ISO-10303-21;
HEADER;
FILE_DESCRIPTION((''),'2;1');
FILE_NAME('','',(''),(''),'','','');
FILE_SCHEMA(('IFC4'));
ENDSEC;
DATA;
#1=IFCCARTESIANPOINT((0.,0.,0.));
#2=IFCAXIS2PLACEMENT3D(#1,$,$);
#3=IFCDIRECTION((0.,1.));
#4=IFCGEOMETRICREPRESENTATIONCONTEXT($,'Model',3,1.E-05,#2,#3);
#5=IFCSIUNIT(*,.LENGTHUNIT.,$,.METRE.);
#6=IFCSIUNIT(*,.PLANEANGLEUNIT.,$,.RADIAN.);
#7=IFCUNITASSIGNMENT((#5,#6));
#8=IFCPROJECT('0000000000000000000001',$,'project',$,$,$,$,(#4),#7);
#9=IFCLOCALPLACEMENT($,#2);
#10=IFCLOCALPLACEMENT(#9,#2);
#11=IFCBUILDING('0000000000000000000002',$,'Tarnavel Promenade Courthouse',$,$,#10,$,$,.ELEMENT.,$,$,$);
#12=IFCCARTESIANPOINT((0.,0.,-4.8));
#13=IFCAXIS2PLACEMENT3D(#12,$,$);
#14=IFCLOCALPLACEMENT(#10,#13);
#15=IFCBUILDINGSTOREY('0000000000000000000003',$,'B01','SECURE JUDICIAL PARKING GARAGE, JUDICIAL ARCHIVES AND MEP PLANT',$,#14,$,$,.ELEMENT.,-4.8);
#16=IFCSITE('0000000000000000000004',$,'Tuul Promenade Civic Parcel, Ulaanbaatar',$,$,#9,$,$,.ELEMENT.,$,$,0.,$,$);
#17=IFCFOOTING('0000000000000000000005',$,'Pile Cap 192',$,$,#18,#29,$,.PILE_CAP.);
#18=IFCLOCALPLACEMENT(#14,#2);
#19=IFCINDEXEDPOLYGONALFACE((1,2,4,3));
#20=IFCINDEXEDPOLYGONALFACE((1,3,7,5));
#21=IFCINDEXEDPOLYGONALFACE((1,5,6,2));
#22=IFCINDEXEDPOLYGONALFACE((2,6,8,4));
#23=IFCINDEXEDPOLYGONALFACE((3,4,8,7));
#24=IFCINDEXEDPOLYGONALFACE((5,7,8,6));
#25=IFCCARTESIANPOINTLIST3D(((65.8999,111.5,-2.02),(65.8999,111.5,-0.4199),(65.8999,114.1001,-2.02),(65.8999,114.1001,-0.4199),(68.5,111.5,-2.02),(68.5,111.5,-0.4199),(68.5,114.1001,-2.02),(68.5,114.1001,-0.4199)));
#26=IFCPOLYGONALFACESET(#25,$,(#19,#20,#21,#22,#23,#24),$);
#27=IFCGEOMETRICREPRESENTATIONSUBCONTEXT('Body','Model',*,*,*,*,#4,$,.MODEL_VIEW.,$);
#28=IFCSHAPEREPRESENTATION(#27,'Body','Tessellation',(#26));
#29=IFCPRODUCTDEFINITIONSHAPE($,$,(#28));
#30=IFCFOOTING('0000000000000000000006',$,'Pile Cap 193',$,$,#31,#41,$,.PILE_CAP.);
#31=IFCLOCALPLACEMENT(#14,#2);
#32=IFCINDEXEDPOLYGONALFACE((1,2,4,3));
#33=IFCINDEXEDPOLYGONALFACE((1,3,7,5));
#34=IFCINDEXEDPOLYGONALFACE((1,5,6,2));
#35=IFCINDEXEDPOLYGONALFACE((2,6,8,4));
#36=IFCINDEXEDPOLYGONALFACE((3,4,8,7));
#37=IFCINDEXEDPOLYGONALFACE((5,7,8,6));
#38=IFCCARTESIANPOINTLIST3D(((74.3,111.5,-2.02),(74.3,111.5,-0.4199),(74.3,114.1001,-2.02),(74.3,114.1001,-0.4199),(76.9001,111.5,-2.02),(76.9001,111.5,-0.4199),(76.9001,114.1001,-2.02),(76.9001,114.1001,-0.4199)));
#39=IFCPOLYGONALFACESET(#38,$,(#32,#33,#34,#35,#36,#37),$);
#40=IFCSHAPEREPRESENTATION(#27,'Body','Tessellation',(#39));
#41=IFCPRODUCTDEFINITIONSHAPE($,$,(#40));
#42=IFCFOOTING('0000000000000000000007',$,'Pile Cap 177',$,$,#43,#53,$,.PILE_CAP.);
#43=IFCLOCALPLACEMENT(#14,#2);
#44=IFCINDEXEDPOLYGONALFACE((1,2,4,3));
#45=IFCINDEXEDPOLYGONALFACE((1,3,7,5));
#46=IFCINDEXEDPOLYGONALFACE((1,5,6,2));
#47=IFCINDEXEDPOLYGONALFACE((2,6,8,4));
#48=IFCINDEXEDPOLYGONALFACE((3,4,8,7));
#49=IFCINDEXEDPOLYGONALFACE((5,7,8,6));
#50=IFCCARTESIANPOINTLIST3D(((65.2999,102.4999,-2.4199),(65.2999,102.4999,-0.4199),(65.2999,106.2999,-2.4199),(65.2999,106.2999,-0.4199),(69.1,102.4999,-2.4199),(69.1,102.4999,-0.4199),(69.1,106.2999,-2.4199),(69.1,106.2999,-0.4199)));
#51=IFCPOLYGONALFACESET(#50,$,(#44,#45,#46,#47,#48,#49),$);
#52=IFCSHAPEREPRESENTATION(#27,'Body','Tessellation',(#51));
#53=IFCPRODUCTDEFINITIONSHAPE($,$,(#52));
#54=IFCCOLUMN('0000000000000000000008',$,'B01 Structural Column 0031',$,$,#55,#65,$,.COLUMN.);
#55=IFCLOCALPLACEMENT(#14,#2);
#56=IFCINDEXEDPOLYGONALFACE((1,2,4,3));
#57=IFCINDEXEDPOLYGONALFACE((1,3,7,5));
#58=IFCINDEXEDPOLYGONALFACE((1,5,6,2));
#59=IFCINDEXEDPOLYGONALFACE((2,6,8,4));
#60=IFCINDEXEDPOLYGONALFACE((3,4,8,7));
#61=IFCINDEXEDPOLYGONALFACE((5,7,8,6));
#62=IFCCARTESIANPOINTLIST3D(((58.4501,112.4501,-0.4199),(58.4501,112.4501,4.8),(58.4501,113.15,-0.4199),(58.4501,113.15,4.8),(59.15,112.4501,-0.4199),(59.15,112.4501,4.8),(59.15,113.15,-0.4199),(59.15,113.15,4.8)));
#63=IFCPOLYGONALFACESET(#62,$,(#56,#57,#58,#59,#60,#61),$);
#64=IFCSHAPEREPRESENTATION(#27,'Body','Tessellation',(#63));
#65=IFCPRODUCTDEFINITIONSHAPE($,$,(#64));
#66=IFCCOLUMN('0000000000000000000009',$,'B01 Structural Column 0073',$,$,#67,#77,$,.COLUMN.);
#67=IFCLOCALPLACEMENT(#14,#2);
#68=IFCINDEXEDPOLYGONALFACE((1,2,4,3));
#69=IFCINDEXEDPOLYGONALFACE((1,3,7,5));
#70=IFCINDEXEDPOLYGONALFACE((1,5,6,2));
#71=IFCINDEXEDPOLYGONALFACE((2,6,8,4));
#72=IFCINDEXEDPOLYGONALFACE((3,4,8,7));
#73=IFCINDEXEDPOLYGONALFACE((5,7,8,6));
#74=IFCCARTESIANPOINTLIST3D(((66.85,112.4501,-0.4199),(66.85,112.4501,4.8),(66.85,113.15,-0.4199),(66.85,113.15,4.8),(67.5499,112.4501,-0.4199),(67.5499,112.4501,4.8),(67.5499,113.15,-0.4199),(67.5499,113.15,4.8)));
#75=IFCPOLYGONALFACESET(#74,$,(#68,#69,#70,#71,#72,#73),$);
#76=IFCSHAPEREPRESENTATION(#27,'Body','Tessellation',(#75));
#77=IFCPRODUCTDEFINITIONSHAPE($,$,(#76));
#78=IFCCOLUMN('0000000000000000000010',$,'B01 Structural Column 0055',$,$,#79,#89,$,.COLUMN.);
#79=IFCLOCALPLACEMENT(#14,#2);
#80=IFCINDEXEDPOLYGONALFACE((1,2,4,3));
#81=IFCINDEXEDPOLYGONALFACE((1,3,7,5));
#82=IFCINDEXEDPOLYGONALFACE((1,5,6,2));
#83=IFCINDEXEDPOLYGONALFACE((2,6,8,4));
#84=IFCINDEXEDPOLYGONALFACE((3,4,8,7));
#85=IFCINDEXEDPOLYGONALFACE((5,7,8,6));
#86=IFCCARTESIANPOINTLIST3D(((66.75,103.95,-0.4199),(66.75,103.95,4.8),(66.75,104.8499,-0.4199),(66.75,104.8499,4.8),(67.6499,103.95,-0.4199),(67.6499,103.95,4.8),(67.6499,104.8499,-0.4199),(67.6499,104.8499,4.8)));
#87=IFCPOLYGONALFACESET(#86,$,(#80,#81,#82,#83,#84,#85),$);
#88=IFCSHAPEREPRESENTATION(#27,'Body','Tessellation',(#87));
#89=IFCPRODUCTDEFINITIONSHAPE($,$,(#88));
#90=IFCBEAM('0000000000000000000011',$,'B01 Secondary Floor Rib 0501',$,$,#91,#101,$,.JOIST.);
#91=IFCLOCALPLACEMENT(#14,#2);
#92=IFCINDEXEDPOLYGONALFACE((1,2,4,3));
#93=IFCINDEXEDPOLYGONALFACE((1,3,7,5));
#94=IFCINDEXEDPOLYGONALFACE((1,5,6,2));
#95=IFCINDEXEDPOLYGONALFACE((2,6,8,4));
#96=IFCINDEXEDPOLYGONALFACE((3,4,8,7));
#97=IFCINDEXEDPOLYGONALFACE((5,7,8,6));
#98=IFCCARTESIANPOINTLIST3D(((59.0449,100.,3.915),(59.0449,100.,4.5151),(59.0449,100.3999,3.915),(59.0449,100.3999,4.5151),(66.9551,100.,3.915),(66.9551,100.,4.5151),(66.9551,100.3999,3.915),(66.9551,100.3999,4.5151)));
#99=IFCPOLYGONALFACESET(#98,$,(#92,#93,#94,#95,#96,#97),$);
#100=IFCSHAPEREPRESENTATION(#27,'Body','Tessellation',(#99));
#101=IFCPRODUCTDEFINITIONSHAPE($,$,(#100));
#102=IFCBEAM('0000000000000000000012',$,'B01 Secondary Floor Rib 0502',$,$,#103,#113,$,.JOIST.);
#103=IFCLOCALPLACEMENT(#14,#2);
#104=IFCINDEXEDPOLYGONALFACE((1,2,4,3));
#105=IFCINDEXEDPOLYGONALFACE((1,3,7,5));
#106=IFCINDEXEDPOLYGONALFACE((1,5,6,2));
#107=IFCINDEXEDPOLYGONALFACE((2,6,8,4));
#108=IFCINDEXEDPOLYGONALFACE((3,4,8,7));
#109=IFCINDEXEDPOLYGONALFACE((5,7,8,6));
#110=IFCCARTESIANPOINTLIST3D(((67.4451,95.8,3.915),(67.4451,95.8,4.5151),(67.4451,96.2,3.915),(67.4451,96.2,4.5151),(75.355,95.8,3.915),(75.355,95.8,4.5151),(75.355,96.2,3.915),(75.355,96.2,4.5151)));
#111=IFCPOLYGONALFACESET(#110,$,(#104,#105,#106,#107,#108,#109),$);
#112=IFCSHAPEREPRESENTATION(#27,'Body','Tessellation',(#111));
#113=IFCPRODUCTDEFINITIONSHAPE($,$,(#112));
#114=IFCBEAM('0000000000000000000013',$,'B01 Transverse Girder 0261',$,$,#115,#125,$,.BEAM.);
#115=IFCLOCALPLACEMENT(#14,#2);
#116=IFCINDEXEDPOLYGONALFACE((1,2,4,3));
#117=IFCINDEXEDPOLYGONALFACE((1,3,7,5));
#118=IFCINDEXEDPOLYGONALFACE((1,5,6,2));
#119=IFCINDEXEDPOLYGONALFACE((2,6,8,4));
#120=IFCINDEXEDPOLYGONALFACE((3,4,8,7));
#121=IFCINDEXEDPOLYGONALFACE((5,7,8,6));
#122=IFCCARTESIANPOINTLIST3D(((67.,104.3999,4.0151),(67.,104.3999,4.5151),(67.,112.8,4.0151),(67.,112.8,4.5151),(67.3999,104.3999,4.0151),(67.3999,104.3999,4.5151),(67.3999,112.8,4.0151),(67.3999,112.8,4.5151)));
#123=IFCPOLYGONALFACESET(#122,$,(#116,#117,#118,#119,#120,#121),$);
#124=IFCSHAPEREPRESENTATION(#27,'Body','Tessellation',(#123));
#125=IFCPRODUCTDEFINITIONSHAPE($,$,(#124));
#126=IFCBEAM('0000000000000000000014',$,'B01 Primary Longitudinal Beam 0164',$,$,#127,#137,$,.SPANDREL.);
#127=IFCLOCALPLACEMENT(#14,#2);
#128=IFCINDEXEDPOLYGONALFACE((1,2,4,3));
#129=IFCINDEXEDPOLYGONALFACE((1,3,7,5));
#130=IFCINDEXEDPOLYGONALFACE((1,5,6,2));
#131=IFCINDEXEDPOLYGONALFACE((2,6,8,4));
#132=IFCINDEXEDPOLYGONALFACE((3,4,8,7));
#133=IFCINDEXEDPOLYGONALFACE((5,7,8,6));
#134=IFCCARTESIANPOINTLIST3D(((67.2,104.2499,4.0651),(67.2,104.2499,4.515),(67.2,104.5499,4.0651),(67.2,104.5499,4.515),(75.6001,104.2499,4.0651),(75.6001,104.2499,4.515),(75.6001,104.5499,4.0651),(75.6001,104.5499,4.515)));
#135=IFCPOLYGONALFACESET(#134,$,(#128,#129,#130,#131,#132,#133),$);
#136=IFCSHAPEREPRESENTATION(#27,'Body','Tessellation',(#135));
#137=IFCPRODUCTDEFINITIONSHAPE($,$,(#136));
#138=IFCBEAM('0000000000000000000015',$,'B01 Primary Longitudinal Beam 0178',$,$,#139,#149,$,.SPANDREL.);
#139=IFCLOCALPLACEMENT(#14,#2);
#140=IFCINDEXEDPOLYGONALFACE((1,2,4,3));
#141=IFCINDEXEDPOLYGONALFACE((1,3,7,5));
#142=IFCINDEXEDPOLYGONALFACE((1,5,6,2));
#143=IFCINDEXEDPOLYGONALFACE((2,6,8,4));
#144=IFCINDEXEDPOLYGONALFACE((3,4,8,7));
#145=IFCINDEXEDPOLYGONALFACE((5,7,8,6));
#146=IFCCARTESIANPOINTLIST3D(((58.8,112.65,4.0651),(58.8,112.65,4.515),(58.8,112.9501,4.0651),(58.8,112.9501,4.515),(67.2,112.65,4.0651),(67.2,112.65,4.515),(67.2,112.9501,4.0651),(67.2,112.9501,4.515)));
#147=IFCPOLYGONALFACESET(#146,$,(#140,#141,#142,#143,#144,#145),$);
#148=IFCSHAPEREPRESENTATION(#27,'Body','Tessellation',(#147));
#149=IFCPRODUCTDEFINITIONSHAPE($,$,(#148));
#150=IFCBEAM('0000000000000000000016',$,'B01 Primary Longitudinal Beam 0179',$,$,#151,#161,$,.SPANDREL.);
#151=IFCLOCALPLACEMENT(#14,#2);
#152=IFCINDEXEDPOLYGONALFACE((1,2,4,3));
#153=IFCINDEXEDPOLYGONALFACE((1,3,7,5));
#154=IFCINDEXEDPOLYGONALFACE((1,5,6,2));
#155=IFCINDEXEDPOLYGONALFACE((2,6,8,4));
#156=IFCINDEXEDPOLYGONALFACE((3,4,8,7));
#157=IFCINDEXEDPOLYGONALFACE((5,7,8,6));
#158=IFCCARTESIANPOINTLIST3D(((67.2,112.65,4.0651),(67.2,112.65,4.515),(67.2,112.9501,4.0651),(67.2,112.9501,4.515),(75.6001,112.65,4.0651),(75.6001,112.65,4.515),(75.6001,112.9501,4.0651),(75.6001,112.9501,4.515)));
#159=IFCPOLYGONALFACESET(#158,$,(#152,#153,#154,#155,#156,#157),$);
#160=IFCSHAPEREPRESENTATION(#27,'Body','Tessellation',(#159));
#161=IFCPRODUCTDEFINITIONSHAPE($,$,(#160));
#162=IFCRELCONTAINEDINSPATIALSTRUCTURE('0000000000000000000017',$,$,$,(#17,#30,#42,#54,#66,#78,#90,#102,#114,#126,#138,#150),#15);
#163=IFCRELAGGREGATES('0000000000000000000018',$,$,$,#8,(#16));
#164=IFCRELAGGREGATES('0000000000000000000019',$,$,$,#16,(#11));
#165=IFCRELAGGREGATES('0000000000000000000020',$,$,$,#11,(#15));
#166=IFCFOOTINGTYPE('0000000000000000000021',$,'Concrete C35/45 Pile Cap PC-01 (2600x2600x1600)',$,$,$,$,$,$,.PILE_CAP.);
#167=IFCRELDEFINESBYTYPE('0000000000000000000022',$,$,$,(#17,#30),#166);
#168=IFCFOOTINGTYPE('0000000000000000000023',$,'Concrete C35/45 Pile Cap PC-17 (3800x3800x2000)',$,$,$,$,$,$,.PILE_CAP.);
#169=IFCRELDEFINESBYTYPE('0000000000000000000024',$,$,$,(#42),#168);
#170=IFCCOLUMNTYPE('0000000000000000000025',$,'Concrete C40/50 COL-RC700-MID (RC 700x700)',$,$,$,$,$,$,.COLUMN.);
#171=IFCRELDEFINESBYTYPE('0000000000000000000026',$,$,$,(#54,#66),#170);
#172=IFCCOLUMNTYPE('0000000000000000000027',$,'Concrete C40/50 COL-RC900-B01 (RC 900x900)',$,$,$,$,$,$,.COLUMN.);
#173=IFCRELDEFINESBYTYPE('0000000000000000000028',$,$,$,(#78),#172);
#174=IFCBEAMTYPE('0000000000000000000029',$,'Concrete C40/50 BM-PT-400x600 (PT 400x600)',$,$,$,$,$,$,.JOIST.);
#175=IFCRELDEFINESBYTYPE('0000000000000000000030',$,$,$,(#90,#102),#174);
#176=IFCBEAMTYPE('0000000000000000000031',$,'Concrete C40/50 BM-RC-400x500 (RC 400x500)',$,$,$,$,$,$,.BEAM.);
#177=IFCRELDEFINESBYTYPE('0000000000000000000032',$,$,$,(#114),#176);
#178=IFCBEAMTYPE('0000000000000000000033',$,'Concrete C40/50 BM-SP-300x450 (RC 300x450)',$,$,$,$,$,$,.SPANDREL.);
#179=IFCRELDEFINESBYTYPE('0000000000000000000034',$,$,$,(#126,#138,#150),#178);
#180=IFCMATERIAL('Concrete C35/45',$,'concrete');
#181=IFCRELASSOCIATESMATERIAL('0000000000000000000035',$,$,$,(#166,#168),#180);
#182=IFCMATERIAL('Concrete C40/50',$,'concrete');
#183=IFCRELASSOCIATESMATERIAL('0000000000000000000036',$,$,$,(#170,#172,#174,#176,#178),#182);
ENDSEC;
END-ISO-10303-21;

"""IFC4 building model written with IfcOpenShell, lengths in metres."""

from ifc_helpers import new_model, si_unit, direction, frame, origin, origin_2d, place, context, subcontext, project, spatial, rectangle, extrude, material, material_profile, profile_set, type_object, element, save


model = new_model("IFC4")

# Units and contexts
model_context = context("Model", 3, precision=1e-05, world=origin(), true_north=direction((0.0, 1.0)))
body_context = subcontext(model_context, "Body", "Model", "MODEL_VIEW")
ifc_project = project(units=[si_unit("LENGTHUNIT", "METRE"), si_unit("PLANEANGLEUNIT", "RADIAN")], contexts=[model_context])

# Site, building, storey
site_placement = place(None, origin())
site = spatial("IfcSite", under=ifc_project, at=site_placement, Name="Tuul Promenade Civic Parcel, Ulaanbaatar", CompositionType="ELEMENT", RefElevation=0.0)
building_placement = place(site_placement, origin())
building = spatial("IfcBuilding", under=site, at=building_placement, Name="Tarnavel Promenade Courthouse", CompositionType="ELEMENT")
storey_placement = place(building_placement, frame((0.0, 0.0, -4.8)))
storey = spatial("IfcBuildingStorey", under=building, at=storey_placement, Name="B01", Description="SECURE JUDICIAL PARKING GARAGE, JUDICIAL ARCHIVES AND MEP PLANT", CompositionType="ELEMENT", Elevation=-4.8)

# Footings
ifc_material_1 = material(Name="Concrete C35/45", Category="concrete")
footing_type_1 = type_object("IfcFootingType", Name="Concrete C35/45 Pile Cap PC-01 (2600x2600x1600)", PredefinedType="PILE_CAP", material=ifc_material_1)
for number, where, z_axis, x_axis, name in (
    (1, (67.2, 112.8, -2.02), (0.0, 0.0, 1.0), (1.0, 0.0, 0.0), "Pile Cap 192"),
    (2, (75.6001, 112.8, -2.02), (0.0, 0.0, 1.0), (1.0, 0.0, 0.0), "Pile Cap 193"),
):
    element("IfcFooting", number, at=place(storey_placement, frame(where, z_axis=z_axis, x_axis=x_axis)), inside=storey, type_object=footing_type_1, Name=name, PredefinedType="PILE_CAP", context=body_context, shape_type="SweptSolid", body=[
        extrude(rectangle(XDim=2.6001, YDim=2.6001, at=origin_2d()), origin(), (0.0, 0.0, 1.0), 1.6001),
    ])
footing_type_2 = type_object("IfcFootingType", Name="Concrete C35/45 Pile Cap PC-17 (3800x3800x2000)", PredefinedType="PILE_CAP", material=ifc_material_1)
footing_1_placement = place(storey_placement, frame((67.2, 104.3999, -2.4199), z_axis=(0.0, 0.0, 1.0), x_axis=(1.0, 0.0, 0.0)))
element("IfcFooting", 3, at=footing_1_placement, inside=storey, type_object=footing_type_2, Name="Pile Cap 177", PredefinedType="PILE_CAP", context=body_context, shape_type="SweptSolid", body=[
    extrude(rectangle(XDim=3.8, YDim=3.8, at=origin_2d()), origin(), (0.0, 0.0, 1.0), 2.0),
])

# Columns
ifc_material_2 = material(Name="Concrete C40/50", Category="concrete")
ifc_material_profile_1 = material_profile(ifc_material_2, rectangle(XDim=0.7, YDim=0.7, at=origin_2d()), Name="RC 700x700")
ifc_profile_set_1 = profile_set([ifc_material_profile_1], Name="Concrete C40/50")
column_type_1 = type_object("IfcColumnType", Name="Concrete C40/50 COL-RC700-MID (RC 700x700)", PredefinedType="COLUMN", material=ifc_profile_set_1)
for number, where, z_axis, x_axis, name in (
    (4, (58.8, 112.8, -0.4199), (0.0, 0.0, 1.0), (1.0, 0.0, 0.0), "B01 Structural Column 0031"),
    (5, (67.2, 112.8, -0.4199), (0.0, 0.0, 1.0), (1.0, 0.0, 0.0), "B01 Structural Column 0073"),
):
    element("IfcColumn", number, at=place(storey_placement, frame(where, z_axis=z_axis, x_axis=x_axis)), inside=storey, type_object=column_type_1, Name=name, PredefinedType="COLUMN", context=body_context, shape_type="SweptSolid", body=[
        extrude(rectangle(XDim=0.7, YDim=0.7, at=origin_2d()), origin(), (0.0, 0.0, 1.0), 5.22),
    ])
ifc_material_profile_2 = material_profile(ifc_material_2, rectangle(XDim=0.8999, YDim=0.8999, at=origin_2d()), Name="RC 900x900")
ifc_profile_set_2 = profile_set([ifc_material_profile_2], Name="Concrete C40/50")
column_type_2 = type_object("IfcColumnType", Name="Concrete C40/50 COL-RC900-B01 (RC 900x900)", PredefinedType="COLUMN", material=ifc_profile_set_2)
column_placement = place(storey_placement, frame((67.2, 104.3999, -0.4199), z_axis=(0.0, 0.0, 1.0), x_axis=(1.0, 0.0, 0.0)))
element("IfcColumn", 6, at=column_placement, inside=storey, type_object=column_type_2, Name="B01 Structural Column 0055", PredefinedType="COLUMN", context=body_context, shape_type="SweptSolid", body=[
    extrude(rectangle(XDim=0.8999, YDim=0.8999, at=origin_2d()), origin(), (0.0, 0.0, 1.0), 5.22),
])

# Beams
ifc_material_profile_3 = material_profile(ifc_material_2, rectangle(XDim=0.3999, YDim=0.6001, at=origin_2d()), Name="PT 400x600")
ifc_profile_set_3 = profile_set([ifc_material_profile_3], Name="Concrete C40/50")
beam_type_1 = type_object("IfcBeamType", Name="Concrete C40/50 BM-PT-400x600 (PT 400x600)", PredefinedType="JOIST", material=ifc_profile_set_3)
beam_1_placement = place(storey_placement, frame((59.0449, 100.2, 4.2151), z_axis=(1.0, 0.0, 0.0), x_axis=(0.0, 1.0, 0.0)))
element("IfcBeam", 7, at=beam_1_placement, inside=storey, type_object=beam_type_1, Name="B01 Secondary Floor Rib 0501", PredefinedType="JOIST", context=body_context, shape_type="SweptSolid", body=[
    extrude(rectangle(XDim=0.3999, YDim=0.6001, at=origin_2d()), origin(), (0.0, 0.0, 1.0), 7.9102),
])
beam_2_placement = place(storey_placement, frame((67.4451, 96.0, 4.2151), z_axis=(1.0, 0.0, 0.0), x_axis=(0.0, 1.0, 0.0)))
element("IfcBeam", 8, at=beam_2_placement, inside=storey, type_object=beam_type_1, Name="B01 Secondary Floor Rib 0502", PredefinedType="JOIST", context=body_context, shape_type="SweptSolid", body=[
    extrude(rectangle(XDim=0.3999, YDim=0.6001, at=origin_2d()), origin(), (0.0, 0.0, 1.0), 7.9099),
])
ifc_material_profile_4 = material_profile(ifc_material_2, rectangle(XDim=0.3999, YDim=0.5, at=origin_2d()), Name="RC 400x500")
ifc_profile_set_4 = profile_set([ifc_material_profile_4], Name="Concrete C40/50")
beam_type_2 = type_object("IfcBeamType", Name="Concrete C40/50 BM-RC-400x500 (RC 400x500)", PredefinedType="BEAM", material=ifc_profile_set_4)
beam_3_placement = place(storey_placement, frame((67.2, 104.3999, 4.2651), z_axis=(0.0, 1.0, 0.0), x_axis=(-1.0, 0.0, 0.0)))
element("IfcBeam", 9, at=beam_3_placement, inside=storey, type_object=beam_type_2, Name="B01 Transverse Girder 0261", PredefinedType="BEAM", context=body_context, shape_type="SweptSolid", body=[
    extrude(rectangle(XDim=0.3999, YDim=0.5, at=origin_2d()), origin(), (0.0, 0.0, 1.0), 8.4001),
])
ifc_material_profile_5 = material_profile(ifc_material_2, rectangle(XDim=0.3, YDim=0.45, at=origin_2d()), Name="RC 300x450")
ifc_profile_set_5 = profile_set([ifc_material_profile_5], Name="Concrete C40/50")
beam_type_3 = type_object("IfcBeamType", Name="Concrete C40/50 BM-SP-300x450 (RC 300x450)", PredefinedType="SPANDREL", material=ifc_profile_set_5)
beam_4_placement = place(storey_placement, frame((67.2, 104.3999, 4.29), z_axis=(1.0, 0.0, 0.0), x_axis=(0.0, 1.0, 0.0)))
element("IfcBeam", 10, at=beam_4_placement, inside=storey, type_object=beam_type_3, Name="B01 Primary Longitudinal Beam 0164", PredefinedType="SPANDREL", context=body_context, shape_type="SweptSolid", body=[
    extrude(rectangle(XDim=0.3, YDim=0.45, at=origin_2d()), origin(), (0.0, 0.0, 1.0), 8.4001),
])
beam_5_placement = place(storey_placement, frame((58.8, 112.8, 4.29), z_axis=(1.0, 0.0, 0.0), x_axis=(0.0, 1.0, 0.0)))
element("IfcBeam", 11, at=beam_5_placement, inside=storey, type_object=beam_type_3, Name="B01 Primary Longitudinal Beam 0178", PredefinedType="SPANDREL", context=body_context, shape_type="SweptSolid", body=[
    extrude(rectangle(XDim=0.3, YDim=0.45, at=origin_2d()), origin(), (0.0, 0.0, 1.0), 8.3999),
])
beam_6_placement = place(storey_placement, frame((67.2, 112.8, 4.29), z_axis=(1.0, 0.0, 0.0), x_axis=(0.0, 1.0, 0.0)))
element("IfcBeam", 12, at=beam_6_placement, inside=storey, type_object=beam_type_3, Name="B01 Primary Longitudinal Beam 0179", PredefinedType="SPANDREL", context=body_context, shape_type="SweptSolid", body=[
    extrude(rectangle(XDim=0.3, YDim=0.45, at=origin_2d()), origin(), (0.0, 0.0, 1.0), 8.4001),
])

save(model, "model.ifc")
